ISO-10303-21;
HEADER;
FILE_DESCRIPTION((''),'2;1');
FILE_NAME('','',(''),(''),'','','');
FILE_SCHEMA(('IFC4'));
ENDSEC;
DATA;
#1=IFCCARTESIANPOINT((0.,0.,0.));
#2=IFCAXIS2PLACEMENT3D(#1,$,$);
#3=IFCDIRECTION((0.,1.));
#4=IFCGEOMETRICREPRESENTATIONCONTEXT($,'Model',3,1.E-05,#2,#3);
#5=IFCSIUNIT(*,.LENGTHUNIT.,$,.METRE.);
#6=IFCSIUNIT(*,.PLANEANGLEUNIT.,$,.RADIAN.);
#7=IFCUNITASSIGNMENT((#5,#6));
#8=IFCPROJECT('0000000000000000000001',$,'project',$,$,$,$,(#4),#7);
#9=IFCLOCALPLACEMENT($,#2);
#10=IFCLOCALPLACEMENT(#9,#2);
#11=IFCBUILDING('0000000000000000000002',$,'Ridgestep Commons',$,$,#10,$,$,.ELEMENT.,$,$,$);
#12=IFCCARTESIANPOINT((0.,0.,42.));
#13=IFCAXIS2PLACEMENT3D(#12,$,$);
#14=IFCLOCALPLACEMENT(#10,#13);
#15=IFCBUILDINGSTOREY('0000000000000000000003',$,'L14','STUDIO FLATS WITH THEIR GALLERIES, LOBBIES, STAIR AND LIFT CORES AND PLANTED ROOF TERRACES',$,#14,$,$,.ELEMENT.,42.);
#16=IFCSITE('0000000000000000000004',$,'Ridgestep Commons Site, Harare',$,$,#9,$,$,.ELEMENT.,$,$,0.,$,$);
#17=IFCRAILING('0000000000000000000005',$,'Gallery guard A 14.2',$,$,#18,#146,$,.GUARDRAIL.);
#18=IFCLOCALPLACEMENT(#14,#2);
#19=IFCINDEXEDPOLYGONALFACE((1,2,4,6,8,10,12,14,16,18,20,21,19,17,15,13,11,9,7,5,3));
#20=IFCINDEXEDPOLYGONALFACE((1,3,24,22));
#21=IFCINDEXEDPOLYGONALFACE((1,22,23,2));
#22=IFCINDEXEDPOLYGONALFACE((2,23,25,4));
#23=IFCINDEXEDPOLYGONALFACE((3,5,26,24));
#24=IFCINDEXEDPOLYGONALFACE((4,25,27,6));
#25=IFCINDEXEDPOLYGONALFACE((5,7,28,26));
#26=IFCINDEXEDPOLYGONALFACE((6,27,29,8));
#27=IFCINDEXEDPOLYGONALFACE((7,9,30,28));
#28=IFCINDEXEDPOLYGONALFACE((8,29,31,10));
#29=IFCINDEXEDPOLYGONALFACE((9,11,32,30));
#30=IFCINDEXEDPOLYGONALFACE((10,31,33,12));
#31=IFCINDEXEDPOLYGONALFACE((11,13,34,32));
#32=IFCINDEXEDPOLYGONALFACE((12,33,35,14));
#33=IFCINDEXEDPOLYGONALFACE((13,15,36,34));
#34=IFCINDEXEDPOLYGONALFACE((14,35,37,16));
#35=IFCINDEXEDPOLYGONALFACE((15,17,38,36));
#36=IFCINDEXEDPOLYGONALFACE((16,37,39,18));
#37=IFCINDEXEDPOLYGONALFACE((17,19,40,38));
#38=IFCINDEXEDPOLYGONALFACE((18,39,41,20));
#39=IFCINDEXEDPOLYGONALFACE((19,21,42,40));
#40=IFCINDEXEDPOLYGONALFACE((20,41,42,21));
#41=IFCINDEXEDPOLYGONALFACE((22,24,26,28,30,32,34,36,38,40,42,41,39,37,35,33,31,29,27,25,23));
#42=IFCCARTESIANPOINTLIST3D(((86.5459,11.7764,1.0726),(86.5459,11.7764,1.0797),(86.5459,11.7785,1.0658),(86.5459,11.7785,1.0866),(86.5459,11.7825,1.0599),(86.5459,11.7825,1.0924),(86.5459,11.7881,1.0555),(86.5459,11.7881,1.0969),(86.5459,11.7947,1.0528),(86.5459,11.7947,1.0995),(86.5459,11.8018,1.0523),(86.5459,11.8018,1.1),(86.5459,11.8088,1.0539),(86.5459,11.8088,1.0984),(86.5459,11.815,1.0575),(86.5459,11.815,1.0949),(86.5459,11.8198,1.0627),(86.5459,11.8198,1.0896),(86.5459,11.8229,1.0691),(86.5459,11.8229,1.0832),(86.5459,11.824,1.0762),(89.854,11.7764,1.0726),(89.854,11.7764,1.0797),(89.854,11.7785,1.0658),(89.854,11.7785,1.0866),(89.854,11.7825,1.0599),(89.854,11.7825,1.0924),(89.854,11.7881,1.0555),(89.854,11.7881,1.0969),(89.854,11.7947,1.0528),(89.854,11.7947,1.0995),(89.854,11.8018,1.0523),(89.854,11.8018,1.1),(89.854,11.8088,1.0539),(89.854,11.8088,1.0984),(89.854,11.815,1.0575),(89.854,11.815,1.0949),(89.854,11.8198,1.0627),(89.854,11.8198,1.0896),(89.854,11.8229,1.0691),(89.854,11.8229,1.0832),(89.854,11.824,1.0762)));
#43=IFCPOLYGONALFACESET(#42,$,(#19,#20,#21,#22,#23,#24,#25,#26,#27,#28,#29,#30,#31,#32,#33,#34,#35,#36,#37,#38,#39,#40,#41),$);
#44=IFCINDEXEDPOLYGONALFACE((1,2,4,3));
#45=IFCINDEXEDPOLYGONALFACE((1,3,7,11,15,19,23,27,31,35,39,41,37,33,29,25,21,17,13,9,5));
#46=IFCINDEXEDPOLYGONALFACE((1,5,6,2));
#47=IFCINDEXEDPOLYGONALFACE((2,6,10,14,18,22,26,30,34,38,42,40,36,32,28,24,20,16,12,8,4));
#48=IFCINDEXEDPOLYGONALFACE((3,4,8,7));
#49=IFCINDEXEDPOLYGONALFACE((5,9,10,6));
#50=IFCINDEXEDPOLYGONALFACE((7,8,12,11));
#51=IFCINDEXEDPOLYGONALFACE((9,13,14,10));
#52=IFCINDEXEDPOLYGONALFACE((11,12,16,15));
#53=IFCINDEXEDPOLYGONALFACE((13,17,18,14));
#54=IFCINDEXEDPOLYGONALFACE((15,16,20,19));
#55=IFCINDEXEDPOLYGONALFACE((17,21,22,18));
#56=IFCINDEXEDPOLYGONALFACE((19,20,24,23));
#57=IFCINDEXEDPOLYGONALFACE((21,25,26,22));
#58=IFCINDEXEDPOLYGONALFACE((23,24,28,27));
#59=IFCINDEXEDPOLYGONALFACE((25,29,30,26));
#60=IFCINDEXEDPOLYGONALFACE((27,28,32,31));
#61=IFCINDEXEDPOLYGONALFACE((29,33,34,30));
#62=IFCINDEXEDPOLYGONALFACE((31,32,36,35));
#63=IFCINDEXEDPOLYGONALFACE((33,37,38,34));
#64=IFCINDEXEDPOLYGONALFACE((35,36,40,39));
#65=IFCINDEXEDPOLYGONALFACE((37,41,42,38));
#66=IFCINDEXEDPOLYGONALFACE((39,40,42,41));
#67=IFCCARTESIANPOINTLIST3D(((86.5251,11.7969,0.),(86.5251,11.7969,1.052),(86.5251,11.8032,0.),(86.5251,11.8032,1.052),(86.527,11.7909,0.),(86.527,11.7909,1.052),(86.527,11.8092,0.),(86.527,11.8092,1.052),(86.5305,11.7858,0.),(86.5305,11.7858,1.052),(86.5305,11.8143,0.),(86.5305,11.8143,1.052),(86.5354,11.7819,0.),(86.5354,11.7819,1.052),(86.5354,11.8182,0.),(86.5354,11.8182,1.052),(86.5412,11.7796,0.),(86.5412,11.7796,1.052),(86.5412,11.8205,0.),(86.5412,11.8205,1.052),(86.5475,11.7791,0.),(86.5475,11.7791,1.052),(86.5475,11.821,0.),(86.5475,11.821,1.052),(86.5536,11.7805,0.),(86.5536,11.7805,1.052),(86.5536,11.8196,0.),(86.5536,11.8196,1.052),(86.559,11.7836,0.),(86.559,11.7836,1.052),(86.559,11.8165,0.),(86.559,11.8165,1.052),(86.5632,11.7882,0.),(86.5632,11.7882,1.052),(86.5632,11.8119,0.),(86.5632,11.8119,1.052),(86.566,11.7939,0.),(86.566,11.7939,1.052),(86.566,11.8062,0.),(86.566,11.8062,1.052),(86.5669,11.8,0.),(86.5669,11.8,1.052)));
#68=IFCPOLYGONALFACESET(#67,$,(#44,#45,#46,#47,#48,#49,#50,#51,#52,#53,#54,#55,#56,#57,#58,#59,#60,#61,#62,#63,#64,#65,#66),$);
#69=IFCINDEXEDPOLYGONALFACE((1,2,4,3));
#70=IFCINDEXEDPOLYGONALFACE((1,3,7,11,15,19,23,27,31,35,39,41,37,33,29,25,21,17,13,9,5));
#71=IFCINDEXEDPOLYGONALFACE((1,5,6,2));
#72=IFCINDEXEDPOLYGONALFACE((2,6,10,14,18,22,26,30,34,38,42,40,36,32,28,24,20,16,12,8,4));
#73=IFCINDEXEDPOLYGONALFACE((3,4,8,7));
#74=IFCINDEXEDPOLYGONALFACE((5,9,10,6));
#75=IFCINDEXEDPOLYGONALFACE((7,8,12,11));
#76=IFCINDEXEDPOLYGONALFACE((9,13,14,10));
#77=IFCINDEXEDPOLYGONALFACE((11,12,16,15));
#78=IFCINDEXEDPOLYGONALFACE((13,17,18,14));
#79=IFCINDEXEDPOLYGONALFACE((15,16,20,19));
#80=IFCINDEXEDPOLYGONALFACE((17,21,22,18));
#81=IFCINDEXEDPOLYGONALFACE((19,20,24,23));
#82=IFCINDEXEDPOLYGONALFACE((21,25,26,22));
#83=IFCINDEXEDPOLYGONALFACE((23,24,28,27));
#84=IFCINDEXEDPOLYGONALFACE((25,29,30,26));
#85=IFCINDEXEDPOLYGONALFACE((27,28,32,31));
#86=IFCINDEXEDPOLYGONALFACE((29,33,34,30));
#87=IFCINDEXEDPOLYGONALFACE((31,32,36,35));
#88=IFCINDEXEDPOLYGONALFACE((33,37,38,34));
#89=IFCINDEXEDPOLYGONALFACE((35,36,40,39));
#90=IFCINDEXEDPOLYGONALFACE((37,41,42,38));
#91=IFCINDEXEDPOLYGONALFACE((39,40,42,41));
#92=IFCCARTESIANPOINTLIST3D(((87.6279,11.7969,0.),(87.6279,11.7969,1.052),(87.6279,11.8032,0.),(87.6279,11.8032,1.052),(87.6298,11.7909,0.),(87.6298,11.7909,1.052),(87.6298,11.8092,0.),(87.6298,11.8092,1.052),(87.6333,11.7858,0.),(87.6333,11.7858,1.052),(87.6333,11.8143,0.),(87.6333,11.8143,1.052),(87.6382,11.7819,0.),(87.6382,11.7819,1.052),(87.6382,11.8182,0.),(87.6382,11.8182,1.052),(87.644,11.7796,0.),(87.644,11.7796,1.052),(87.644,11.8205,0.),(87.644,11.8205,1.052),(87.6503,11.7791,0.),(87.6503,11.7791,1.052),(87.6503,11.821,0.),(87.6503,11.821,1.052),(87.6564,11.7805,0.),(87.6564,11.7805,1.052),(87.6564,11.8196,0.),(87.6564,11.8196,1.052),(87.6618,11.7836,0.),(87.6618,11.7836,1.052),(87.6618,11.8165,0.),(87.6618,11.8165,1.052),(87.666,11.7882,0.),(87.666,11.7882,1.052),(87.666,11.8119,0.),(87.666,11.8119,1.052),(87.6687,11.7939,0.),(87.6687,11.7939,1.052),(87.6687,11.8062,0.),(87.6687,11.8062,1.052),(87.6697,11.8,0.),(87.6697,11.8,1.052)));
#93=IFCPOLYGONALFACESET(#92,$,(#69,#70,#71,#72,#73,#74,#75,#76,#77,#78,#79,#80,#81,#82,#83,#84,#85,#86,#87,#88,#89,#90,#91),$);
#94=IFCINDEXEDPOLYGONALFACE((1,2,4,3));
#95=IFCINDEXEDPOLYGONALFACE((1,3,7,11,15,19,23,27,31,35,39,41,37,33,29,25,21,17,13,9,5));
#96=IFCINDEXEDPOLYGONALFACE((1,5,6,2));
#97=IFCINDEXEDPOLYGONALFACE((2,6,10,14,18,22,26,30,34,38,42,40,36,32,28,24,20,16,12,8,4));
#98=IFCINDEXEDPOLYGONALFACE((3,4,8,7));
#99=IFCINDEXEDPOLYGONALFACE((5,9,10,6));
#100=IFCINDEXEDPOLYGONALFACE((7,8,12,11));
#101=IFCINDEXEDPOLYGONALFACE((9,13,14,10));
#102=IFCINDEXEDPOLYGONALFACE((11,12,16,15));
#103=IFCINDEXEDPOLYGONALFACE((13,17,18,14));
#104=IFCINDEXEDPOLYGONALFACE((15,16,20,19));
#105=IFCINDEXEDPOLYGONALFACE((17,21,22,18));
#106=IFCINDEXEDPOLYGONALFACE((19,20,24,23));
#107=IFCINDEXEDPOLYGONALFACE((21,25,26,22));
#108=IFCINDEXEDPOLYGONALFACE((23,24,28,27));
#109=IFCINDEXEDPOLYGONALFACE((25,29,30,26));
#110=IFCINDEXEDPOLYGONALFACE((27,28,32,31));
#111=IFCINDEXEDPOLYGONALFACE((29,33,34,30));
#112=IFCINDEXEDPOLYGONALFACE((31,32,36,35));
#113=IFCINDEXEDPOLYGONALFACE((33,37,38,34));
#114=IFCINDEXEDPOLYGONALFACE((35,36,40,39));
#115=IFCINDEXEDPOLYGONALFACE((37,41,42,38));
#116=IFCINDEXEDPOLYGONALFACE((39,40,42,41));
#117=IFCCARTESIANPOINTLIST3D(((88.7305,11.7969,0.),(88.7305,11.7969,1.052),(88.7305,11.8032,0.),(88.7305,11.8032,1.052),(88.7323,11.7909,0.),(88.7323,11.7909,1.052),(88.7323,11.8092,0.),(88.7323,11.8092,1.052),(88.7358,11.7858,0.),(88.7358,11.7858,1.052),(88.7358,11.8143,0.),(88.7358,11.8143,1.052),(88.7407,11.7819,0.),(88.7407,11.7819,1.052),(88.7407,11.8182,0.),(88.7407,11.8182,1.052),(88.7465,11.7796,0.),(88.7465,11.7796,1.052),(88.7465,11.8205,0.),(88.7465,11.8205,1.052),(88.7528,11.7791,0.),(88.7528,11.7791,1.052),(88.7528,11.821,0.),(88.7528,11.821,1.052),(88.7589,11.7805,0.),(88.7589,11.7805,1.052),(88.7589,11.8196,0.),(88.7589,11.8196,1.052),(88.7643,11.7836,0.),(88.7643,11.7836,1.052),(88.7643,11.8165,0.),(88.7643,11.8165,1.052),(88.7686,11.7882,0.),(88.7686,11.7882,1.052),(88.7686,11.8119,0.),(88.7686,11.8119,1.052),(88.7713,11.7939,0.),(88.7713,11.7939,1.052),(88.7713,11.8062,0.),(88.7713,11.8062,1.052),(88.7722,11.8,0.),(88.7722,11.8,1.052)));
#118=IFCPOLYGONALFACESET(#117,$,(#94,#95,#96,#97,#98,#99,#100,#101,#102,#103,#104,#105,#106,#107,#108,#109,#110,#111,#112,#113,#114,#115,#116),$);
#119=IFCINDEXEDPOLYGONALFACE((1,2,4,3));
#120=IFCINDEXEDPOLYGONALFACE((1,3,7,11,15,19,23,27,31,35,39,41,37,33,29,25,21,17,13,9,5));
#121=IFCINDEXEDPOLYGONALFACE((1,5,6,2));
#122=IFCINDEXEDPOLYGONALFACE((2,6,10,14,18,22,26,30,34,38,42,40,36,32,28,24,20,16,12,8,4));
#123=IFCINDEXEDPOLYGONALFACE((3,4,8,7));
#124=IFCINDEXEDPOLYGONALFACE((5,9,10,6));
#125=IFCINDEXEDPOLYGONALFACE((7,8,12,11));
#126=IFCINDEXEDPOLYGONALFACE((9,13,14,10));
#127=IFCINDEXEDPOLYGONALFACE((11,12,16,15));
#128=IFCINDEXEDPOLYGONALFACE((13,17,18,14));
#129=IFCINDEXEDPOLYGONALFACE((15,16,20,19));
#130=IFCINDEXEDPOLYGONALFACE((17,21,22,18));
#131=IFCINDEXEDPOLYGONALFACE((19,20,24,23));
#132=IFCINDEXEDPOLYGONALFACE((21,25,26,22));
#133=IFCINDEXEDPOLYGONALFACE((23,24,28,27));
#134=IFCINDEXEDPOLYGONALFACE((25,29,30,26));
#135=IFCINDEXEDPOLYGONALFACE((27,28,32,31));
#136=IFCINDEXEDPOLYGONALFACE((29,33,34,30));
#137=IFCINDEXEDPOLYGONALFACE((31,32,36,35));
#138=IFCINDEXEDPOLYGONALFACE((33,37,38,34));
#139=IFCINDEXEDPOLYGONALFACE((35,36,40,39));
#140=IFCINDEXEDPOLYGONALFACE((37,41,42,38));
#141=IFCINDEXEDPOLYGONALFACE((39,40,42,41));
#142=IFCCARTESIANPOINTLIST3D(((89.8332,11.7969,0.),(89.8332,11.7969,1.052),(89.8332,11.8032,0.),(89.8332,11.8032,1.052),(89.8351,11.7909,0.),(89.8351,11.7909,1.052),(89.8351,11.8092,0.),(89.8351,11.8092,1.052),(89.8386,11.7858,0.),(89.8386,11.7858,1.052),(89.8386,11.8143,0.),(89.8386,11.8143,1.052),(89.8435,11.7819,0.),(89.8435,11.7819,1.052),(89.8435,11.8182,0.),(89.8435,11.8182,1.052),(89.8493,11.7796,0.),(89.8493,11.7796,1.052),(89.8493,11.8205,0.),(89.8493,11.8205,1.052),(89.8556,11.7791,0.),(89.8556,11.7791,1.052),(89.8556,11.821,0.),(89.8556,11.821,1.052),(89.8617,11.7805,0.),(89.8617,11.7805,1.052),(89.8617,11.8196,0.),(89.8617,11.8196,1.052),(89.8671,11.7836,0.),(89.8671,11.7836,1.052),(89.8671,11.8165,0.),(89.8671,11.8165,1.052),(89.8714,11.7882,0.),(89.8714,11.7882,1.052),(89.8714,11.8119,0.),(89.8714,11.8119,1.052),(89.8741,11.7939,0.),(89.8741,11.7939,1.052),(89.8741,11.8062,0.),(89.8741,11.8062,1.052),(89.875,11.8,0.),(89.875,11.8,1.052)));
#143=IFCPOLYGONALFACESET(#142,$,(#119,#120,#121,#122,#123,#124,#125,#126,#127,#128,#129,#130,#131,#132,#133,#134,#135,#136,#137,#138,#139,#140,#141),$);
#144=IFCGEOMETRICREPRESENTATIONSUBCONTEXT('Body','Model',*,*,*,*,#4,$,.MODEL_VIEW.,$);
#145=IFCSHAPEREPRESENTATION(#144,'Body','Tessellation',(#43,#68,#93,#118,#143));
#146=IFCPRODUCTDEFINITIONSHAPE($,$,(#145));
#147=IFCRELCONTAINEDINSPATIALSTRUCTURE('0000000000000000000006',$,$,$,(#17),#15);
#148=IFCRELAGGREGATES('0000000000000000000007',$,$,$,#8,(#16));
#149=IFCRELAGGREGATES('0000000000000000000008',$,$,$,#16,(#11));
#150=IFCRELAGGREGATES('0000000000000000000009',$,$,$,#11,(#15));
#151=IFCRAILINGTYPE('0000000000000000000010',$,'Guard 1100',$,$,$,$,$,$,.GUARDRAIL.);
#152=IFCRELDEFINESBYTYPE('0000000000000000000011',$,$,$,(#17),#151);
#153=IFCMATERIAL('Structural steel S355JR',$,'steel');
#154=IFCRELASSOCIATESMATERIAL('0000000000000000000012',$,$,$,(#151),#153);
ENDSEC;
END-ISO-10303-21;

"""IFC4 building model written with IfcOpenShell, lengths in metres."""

from ifc_helpers import new_model, si_unit, direction, frame, origin, origin_2d, place, context, subcontext, project, spatial, circle, extrude, material, type_object, element, save


model = new_model("IFC4")

# Units and contexts
model_context = context("Model", 3, precision=1e-05, world=origin(), true_north=direction((0.0, 1.0)))
body_context = subcontext(model_context, "Body", "Model", "MODEL_VIEW")
ifc_project = project(units=[si_unit("LENGTHUNIT", "METRE"), si_unit("PLANEANGLEUNIT", "RADIAN")], contexts=[model_context])

# Site, building, storey
site_placement = place(None, origin())
site = spatial("IfcSite", under=ifc_project, at=site_placement, Name="Ridgestep Commons Site, Harare", CompositionType="ELEMENT", RefElevation=0.0)
building_placement = place(site_placement, origin())
building = spatial("IfcBuilding", under=site, at=building_placement, Name="Ridgestep Commons", CompositionType="ELEMENT")
storey_placement = place(building_placement, frame((0.0, 0.0, 42.0)))
storey = spatial("IfcBuildingStorey", under=building, at=storey_placement, Name="L14", Description="STUDIO FLATS WITH THEIR GALLERIES, LOBBIES, STAIR AND LIFT CORES AND PLANTED ROOF TERRACES", CompositionType="ELEMENT", Elevation=42.0)

# Railing
ifc_material_1 = material(Name="Structural steel S355JR", Category="steel")
railing_type_1 = type_object("IfcRailingType", Name="Guard 1100", PredefinedType="GUARDRAIL", material=ifc_material_1)
railing_1_placement = place(storey_placement, frame((86.5459, 11.8, 0.0)))
element("IfcRailing", 1, at=railing_1_placement, inside=storey, type_object=railing_type_1, Name="Gallery guard A 14.2", PredefinedType="GUARDRAIL", context=body_context, shape_type="SweptSolid", body=[
    extrude(circle(Radius=0.0239, at=origin_2d()), frame((0.0, 0.0, 1.0762), z_axis=(1.0, 0.0, 0.0), x_axis=(0.0, 1.0, 0.0)), (0.0, 0.0, 1.0), 3.3081),
    extrude(circle(Radius=0.021, at=origin_2d()), origin(), (0.0, 0.0, 1.0), 1.052),
    extrude(circle(Radius=0.021, at=origin_2d()), frame((1.1028, 0.0, 0.0)), (0.0, 0.0, 1.0), 1.052),
    extrude(circle(Radius=0.021, at=origin_2d()), frame((2.2053, 0.0, 0.0)), (0.0, 0.0, 1.0), 1.052),
    extrude(circle(Radius=0.021, at=origin_2d()), frame((3.3081, 0.0, 0.0)), (0.0, 0.0, 1.0), 1.052),
])

save(model, "model.ifc")
